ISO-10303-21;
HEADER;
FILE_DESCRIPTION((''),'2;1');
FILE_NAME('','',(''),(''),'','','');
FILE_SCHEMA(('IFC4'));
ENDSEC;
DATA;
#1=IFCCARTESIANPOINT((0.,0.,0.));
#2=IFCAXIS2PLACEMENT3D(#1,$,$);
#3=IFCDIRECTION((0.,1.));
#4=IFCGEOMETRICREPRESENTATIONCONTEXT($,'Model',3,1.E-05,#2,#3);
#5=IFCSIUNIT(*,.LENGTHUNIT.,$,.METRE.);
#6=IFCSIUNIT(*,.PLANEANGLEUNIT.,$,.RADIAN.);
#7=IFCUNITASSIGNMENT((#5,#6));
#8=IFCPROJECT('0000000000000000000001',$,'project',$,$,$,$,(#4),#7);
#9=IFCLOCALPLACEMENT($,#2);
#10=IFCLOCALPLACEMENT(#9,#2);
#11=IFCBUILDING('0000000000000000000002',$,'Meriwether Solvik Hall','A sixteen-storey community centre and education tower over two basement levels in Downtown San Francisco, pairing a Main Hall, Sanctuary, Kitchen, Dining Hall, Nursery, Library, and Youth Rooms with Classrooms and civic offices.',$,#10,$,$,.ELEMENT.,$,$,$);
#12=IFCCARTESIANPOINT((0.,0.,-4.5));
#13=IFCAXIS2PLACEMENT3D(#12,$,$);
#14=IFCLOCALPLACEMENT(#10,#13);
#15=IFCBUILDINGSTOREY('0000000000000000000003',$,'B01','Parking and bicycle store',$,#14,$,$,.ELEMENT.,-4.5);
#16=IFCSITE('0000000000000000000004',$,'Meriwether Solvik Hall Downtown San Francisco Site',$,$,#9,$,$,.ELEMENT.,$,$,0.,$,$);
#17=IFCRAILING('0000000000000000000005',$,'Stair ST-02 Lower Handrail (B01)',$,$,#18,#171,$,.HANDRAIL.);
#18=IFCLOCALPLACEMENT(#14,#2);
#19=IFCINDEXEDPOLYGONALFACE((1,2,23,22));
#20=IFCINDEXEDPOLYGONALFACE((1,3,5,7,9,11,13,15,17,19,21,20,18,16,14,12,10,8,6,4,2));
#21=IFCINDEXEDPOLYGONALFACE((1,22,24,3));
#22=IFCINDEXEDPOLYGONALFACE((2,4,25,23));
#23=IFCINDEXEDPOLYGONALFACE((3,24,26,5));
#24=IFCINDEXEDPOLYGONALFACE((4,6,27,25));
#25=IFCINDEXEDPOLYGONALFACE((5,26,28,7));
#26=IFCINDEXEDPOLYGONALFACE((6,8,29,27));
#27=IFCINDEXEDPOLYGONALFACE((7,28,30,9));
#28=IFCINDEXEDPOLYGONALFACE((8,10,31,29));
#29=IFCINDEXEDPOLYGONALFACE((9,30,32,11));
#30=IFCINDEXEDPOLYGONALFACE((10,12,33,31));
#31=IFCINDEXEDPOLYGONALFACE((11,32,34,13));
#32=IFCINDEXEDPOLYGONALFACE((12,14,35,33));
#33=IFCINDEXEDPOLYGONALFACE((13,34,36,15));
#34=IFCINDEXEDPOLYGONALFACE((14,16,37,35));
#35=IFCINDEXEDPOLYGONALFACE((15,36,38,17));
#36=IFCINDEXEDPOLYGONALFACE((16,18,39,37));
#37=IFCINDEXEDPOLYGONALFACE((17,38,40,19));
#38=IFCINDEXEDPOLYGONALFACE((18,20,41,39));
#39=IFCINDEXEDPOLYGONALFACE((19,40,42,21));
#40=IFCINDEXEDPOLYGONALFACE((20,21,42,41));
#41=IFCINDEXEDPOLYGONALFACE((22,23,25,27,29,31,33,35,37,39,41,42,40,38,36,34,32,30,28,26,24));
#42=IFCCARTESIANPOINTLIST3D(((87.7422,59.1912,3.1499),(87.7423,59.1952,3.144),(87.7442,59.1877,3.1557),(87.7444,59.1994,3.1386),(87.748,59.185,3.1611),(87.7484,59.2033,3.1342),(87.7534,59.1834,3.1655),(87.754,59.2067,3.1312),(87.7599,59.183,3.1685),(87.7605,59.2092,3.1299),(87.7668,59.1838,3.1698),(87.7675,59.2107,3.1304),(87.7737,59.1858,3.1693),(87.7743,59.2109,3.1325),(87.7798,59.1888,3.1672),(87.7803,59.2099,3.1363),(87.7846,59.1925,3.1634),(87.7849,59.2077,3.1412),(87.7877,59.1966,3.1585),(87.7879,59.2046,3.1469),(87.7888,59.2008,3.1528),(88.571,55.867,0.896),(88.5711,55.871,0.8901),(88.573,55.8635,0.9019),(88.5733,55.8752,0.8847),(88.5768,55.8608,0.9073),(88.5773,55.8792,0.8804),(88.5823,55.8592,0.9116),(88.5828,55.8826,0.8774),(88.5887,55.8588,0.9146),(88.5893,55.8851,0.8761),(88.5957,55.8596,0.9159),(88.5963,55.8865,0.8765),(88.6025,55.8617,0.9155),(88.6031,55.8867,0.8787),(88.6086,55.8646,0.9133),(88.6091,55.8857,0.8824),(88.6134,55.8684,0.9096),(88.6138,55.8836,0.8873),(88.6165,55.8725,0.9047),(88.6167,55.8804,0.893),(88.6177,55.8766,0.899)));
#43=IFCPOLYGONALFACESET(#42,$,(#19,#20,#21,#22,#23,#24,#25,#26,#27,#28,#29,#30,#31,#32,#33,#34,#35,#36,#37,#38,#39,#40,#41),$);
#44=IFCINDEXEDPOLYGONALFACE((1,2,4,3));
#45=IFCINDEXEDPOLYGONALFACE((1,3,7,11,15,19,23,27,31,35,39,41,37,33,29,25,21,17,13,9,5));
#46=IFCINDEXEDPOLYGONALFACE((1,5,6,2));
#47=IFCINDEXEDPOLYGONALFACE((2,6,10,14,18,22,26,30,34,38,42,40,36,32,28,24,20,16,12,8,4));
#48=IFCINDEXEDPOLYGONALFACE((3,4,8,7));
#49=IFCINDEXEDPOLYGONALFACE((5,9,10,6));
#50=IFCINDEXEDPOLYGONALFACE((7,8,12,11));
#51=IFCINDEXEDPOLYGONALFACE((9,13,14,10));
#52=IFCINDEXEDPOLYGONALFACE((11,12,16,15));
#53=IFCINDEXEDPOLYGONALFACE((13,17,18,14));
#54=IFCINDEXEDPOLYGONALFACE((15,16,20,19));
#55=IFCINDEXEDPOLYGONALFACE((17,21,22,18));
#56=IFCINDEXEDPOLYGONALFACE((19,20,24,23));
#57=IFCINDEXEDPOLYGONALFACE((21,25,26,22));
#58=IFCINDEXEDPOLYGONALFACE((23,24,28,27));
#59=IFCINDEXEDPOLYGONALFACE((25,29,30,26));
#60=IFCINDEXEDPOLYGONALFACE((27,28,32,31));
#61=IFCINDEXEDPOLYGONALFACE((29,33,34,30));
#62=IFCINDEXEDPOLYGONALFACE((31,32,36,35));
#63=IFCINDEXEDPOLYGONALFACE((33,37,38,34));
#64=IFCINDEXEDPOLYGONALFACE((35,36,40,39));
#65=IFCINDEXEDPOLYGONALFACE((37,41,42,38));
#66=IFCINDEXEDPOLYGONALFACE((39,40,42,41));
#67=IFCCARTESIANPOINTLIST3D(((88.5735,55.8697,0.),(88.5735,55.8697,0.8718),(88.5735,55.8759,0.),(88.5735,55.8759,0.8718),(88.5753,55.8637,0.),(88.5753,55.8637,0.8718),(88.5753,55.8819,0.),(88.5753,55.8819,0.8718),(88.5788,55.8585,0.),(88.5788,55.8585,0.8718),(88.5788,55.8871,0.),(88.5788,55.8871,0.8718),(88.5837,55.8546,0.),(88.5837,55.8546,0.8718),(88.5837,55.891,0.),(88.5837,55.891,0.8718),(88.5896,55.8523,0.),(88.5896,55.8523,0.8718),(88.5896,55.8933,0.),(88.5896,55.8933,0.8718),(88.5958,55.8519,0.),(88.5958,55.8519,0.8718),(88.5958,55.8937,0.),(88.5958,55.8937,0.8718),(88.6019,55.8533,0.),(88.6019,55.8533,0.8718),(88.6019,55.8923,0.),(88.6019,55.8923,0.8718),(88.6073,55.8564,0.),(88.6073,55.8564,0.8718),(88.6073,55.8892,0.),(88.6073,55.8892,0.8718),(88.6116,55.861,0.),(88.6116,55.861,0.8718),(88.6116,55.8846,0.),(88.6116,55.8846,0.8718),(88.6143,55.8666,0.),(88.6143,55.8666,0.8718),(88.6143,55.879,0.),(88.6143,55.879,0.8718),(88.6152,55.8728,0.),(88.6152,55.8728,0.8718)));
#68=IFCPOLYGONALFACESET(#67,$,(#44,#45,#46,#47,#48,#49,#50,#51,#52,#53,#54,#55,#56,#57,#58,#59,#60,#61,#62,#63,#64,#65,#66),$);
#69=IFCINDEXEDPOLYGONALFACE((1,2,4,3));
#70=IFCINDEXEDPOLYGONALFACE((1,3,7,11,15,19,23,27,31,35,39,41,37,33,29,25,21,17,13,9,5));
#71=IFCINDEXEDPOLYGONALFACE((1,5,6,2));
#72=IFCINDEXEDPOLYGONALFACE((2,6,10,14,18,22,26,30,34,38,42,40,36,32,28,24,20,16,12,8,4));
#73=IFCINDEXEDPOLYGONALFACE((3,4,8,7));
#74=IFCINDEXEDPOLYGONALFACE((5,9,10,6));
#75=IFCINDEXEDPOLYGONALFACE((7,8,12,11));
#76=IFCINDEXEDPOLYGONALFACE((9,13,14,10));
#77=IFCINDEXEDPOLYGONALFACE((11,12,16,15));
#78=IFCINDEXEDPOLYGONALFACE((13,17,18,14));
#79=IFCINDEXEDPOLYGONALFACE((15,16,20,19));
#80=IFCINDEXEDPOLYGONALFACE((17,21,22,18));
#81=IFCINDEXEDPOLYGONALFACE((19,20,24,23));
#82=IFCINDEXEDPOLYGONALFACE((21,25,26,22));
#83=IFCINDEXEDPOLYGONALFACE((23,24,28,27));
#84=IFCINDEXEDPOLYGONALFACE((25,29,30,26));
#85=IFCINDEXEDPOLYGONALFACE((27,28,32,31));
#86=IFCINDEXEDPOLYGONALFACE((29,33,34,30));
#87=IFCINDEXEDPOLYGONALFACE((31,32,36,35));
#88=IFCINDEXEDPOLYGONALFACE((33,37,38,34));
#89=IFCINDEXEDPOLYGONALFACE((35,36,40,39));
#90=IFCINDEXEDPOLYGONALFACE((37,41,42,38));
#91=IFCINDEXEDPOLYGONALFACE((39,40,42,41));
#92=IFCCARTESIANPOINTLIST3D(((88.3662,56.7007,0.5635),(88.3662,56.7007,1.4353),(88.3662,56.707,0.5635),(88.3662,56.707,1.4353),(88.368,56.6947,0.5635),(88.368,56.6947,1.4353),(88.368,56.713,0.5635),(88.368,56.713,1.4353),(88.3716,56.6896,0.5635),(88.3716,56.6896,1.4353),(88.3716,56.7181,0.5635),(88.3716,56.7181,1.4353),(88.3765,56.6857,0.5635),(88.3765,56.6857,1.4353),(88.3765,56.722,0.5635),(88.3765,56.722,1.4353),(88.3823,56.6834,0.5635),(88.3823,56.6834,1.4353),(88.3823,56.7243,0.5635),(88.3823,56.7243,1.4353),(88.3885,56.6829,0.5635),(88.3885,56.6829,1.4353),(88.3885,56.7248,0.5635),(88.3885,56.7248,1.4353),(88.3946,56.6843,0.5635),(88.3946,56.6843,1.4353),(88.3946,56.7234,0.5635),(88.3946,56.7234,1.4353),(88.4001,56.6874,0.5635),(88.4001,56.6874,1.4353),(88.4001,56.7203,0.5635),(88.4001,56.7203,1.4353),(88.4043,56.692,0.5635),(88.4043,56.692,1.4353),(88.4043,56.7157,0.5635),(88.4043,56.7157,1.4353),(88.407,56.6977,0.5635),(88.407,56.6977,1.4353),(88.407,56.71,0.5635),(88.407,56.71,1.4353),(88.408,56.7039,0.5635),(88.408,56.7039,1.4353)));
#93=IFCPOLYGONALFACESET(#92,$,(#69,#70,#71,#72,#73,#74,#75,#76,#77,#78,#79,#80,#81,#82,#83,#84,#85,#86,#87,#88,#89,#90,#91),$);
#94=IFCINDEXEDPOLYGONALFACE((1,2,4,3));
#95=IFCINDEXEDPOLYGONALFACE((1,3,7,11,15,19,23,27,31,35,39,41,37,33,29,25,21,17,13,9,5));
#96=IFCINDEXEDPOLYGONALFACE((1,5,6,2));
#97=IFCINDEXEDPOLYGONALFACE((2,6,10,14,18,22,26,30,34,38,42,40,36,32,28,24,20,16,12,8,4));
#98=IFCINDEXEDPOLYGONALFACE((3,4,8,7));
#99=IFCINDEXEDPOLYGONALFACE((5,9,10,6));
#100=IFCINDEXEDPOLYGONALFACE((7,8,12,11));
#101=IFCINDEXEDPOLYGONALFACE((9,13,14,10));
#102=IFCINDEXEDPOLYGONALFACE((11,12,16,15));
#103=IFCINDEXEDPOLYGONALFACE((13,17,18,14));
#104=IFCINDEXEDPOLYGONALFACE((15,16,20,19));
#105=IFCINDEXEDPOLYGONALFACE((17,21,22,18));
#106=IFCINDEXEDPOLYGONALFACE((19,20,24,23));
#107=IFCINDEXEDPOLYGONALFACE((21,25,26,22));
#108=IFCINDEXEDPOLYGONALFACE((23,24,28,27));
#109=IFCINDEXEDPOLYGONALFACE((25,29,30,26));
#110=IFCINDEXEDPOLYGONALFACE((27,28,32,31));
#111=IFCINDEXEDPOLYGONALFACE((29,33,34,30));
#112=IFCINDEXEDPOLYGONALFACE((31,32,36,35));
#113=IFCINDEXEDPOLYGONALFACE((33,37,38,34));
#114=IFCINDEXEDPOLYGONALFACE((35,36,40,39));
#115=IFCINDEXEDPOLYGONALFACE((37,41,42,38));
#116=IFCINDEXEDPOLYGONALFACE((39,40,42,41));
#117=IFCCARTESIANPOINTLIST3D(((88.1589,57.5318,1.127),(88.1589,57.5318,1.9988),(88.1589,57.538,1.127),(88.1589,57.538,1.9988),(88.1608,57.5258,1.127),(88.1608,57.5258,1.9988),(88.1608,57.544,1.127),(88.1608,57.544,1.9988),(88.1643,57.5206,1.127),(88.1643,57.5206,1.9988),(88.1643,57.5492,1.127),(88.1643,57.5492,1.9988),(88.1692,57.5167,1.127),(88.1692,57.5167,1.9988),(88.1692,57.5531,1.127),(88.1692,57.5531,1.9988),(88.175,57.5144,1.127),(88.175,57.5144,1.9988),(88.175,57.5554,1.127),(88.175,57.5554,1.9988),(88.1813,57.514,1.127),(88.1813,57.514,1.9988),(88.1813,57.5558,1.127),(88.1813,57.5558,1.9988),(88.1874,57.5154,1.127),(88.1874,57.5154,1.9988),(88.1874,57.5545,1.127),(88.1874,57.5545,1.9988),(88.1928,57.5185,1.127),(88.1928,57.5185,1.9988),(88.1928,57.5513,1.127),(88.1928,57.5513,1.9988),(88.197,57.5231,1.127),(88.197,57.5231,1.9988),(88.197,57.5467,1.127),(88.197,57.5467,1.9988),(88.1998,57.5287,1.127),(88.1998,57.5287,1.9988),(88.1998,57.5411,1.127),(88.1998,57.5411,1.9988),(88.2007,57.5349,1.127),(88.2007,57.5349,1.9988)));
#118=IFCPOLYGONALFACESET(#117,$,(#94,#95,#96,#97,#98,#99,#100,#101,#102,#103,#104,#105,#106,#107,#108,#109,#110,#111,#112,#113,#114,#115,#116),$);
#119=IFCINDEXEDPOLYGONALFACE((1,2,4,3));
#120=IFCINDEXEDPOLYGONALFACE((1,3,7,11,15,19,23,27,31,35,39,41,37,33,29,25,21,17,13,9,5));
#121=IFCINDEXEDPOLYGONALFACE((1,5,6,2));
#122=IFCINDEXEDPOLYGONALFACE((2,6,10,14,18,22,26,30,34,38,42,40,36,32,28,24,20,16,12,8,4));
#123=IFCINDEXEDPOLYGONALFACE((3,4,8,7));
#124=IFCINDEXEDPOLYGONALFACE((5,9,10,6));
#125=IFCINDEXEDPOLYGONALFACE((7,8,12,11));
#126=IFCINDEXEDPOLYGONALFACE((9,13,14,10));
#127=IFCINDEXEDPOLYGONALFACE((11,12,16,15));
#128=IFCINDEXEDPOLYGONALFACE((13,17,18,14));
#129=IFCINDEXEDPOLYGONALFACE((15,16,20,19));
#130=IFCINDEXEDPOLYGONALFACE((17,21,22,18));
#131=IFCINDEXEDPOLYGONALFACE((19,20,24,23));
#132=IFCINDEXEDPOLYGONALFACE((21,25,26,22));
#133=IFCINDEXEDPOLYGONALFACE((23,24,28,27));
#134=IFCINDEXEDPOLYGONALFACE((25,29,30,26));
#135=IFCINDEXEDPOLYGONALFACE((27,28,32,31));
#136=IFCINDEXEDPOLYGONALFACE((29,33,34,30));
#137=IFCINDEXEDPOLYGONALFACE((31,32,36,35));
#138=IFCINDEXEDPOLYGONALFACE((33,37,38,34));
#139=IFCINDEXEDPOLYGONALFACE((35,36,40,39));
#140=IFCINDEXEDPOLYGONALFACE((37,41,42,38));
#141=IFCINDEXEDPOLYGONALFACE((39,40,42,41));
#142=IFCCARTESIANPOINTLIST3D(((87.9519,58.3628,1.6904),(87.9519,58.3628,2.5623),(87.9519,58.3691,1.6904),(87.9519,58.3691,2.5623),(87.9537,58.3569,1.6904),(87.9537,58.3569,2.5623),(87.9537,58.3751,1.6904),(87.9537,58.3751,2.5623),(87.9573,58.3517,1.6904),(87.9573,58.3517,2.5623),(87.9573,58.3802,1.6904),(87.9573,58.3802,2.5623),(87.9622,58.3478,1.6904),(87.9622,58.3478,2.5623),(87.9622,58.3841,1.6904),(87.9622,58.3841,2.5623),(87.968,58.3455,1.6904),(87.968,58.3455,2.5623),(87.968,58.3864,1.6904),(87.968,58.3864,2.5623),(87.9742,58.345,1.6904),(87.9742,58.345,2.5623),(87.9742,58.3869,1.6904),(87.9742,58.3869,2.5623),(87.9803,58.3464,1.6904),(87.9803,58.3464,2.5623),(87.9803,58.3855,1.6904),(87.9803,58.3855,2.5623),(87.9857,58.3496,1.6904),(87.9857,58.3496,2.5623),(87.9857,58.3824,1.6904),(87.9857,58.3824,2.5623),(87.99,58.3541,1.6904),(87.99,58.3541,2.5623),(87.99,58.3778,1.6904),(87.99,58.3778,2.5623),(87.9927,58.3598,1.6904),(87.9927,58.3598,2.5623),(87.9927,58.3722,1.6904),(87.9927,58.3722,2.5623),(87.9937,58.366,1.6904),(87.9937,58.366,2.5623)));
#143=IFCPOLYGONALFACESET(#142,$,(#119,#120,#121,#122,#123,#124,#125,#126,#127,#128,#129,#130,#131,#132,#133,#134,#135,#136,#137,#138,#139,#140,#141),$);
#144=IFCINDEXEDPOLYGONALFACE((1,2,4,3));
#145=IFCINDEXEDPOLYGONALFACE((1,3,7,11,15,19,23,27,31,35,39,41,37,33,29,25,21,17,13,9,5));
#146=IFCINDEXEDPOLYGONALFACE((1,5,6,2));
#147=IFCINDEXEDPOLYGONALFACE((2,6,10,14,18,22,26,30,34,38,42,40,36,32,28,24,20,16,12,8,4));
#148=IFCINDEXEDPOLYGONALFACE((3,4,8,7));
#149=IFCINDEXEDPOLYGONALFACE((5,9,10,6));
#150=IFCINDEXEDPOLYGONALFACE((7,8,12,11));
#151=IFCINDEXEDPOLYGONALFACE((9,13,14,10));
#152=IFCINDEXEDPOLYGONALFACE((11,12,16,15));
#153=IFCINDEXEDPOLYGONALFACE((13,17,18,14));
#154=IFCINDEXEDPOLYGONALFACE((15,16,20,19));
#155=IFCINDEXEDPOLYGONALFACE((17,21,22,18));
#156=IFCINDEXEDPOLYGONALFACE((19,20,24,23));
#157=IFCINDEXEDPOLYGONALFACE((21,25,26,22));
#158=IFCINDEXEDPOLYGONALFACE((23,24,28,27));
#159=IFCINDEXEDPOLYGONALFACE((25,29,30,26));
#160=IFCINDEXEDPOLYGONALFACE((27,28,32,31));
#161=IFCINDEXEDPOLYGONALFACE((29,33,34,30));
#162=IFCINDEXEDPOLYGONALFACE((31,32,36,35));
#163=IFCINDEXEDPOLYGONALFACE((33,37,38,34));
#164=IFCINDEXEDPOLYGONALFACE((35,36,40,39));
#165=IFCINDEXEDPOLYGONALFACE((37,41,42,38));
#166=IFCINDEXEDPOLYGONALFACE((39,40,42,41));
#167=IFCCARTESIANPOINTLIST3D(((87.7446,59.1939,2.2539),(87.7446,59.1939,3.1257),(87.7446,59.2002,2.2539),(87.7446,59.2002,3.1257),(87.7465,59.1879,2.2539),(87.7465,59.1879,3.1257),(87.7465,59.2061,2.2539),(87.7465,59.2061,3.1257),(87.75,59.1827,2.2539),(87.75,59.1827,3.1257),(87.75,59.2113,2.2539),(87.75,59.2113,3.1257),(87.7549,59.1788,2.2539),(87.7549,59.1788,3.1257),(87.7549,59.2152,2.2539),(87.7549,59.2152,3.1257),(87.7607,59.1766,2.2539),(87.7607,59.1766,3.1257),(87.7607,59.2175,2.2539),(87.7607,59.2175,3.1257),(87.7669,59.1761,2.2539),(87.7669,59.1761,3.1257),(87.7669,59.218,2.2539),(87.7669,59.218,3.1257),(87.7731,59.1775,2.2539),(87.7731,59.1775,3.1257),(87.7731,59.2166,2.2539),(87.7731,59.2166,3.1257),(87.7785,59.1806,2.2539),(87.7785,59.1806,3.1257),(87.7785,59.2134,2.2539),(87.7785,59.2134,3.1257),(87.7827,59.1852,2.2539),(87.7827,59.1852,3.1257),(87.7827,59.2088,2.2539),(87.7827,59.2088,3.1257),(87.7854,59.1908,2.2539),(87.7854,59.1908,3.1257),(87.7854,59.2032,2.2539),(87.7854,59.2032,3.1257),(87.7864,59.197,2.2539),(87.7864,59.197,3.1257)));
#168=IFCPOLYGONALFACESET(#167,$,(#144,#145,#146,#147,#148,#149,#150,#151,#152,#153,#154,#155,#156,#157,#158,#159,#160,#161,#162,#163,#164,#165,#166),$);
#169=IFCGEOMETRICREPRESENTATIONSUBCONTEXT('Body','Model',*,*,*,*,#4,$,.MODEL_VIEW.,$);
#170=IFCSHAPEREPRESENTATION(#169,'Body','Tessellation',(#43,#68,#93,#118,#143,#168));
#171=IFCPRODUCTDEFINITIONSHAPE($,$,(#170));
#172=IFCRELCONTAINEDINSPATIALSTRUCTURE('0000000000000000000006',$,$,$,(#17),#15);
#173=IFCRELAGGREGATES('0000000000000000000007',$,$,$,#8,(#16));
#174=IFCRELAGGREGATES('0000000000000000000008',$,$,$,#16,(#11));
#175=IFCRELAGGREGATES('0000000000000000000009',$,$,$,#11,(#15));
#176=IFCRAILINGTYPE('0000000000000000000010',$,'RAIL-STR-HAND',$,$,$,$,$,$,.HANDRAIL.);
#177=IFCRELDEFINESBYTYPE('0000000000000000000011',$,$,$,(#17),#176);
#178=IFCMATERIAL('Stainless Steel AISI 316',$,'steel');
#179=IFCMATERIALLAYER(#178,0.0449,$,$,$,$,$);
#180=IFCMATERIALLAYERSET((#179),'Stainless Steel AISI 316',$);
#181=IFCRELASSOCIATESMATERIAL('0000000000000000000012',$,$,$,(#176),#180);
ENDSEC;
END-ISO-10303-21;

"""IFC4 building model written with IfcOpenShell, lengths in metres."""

from ifc_helpers import new_model, si_unit, direction, frame, origin, origin_2d, place, context, subcontext, project, spatial, circle, extrude, material, layer, layer_set, type_object, element, save


model = new_model("IFC4")

# Units and contexts
model_context = context("Model", 3, precision=1e-05, world=origin(), true_north=direction((0.0, 1.0)))
body_context = subcontext(model_context, "Body", "Model", "MODEL_VIEW")
ifc_project = project(units=[si_unit("LENGTHUNIT", "METRE"), si_unit("PLANEANGLEUNIT", "RADIAN")], contexts=[model_context])

# Site, building, storey
site_placement = place(None, origin())
site = spatial("IfcSite", under=ifc_project, at=site_placement, Name="Meriwether Solvik Hall Downtown San Francisco Site", CompositionType="ELEMENT", RefElevation=0.0)
building_placement = place(site_placement, origin())
building = spatial("IfcBuilding", under=site, at=building_placement, Name="Meriwether Solvik Hall", Description="A sixteen-storey community centre and education tower over two basement levels in Downtown San Francisco, pairing a Main Hall, Sanctuary, Kitchen, Dining Hall, Nursery, Library, and Youth Rooms with Classrooms and civic offices.", CompositionType="ELEMENT")
storey_placement = place(building_placement, frame((0.0, 0.0, -4.5)))
storey = spatial("IfcBuildingStorey", under=building, at=storey_placement, Name="B01", Description="Parking and bicycle store", CompositionType="ELEMENT", Elevation=-4.5)

# Railing
ifc_material_1 = material(Name="Stainless Steel AISI 316", Category="steel")
ifc_layer_1 = layer(ifc_material_1, 0.0449)
ifc_layer_set_1 = layer_set([ifc_layer_1], Name="Stainless Steel AISI 316")
railing_type_1 = type_object("IfcRailingType", Name="RAIL-STR-HAND", PredefinedType="HANDRAIL", material=ifc_layer_set_1)
for number, where, name in (
    (1, (88.5942, 55.8728, 0.0), "Stair ST-02 Lower Handrail (B01)"),
):
    element("IfcRailing", number, at=place(storey_placement, frame(where)), inside=storey, type_object=railing_type_1, Name=name, PredefinedType="HANDRAIL", context=body_context, shape_type="SweptSolid", body=[
        extrude(circle(Radius=0.0239, at=origin_2d()), frame((0.0, 0.0, 0.896), z_axis=(-0.202115, 0.810604, 0.54961), x_axis=(-0.970293, -0.241932, 0.0)), (0.0, 0.0, 1.0), 4.1008),
        extrude(circle(Radius=0.021, at=origin_2d()), origin(), (0.0, 0.0, 1.0), 0.8718),
        extrude(circle(Radius=0.021, at=origin_2d()), frame((-0.2073, 0.8311, 0.5635)), (0.0, 0.0, 1.0), 0.8718),
        extrude(circle(Radius=0.021, at=origin_2d()), frame((-0.4146, 1.6621, 1.127)), (0.0, 0.0, 1.0), 0.8718),
        extrude(circle(Radius=0.021, at=origin_2d()), frame((-0.6216, 2.4932, 1.6904)), (0.0, 0.0, 1.0), 0.8718),
        extrude(circle(Radius=0.021, at=origin_2d()), frame((-0.8289, 3.3242, 2.2539)), (0.0, 0.0, 1.0), 0.8718),
    ])

save(model, "model.ifc")
